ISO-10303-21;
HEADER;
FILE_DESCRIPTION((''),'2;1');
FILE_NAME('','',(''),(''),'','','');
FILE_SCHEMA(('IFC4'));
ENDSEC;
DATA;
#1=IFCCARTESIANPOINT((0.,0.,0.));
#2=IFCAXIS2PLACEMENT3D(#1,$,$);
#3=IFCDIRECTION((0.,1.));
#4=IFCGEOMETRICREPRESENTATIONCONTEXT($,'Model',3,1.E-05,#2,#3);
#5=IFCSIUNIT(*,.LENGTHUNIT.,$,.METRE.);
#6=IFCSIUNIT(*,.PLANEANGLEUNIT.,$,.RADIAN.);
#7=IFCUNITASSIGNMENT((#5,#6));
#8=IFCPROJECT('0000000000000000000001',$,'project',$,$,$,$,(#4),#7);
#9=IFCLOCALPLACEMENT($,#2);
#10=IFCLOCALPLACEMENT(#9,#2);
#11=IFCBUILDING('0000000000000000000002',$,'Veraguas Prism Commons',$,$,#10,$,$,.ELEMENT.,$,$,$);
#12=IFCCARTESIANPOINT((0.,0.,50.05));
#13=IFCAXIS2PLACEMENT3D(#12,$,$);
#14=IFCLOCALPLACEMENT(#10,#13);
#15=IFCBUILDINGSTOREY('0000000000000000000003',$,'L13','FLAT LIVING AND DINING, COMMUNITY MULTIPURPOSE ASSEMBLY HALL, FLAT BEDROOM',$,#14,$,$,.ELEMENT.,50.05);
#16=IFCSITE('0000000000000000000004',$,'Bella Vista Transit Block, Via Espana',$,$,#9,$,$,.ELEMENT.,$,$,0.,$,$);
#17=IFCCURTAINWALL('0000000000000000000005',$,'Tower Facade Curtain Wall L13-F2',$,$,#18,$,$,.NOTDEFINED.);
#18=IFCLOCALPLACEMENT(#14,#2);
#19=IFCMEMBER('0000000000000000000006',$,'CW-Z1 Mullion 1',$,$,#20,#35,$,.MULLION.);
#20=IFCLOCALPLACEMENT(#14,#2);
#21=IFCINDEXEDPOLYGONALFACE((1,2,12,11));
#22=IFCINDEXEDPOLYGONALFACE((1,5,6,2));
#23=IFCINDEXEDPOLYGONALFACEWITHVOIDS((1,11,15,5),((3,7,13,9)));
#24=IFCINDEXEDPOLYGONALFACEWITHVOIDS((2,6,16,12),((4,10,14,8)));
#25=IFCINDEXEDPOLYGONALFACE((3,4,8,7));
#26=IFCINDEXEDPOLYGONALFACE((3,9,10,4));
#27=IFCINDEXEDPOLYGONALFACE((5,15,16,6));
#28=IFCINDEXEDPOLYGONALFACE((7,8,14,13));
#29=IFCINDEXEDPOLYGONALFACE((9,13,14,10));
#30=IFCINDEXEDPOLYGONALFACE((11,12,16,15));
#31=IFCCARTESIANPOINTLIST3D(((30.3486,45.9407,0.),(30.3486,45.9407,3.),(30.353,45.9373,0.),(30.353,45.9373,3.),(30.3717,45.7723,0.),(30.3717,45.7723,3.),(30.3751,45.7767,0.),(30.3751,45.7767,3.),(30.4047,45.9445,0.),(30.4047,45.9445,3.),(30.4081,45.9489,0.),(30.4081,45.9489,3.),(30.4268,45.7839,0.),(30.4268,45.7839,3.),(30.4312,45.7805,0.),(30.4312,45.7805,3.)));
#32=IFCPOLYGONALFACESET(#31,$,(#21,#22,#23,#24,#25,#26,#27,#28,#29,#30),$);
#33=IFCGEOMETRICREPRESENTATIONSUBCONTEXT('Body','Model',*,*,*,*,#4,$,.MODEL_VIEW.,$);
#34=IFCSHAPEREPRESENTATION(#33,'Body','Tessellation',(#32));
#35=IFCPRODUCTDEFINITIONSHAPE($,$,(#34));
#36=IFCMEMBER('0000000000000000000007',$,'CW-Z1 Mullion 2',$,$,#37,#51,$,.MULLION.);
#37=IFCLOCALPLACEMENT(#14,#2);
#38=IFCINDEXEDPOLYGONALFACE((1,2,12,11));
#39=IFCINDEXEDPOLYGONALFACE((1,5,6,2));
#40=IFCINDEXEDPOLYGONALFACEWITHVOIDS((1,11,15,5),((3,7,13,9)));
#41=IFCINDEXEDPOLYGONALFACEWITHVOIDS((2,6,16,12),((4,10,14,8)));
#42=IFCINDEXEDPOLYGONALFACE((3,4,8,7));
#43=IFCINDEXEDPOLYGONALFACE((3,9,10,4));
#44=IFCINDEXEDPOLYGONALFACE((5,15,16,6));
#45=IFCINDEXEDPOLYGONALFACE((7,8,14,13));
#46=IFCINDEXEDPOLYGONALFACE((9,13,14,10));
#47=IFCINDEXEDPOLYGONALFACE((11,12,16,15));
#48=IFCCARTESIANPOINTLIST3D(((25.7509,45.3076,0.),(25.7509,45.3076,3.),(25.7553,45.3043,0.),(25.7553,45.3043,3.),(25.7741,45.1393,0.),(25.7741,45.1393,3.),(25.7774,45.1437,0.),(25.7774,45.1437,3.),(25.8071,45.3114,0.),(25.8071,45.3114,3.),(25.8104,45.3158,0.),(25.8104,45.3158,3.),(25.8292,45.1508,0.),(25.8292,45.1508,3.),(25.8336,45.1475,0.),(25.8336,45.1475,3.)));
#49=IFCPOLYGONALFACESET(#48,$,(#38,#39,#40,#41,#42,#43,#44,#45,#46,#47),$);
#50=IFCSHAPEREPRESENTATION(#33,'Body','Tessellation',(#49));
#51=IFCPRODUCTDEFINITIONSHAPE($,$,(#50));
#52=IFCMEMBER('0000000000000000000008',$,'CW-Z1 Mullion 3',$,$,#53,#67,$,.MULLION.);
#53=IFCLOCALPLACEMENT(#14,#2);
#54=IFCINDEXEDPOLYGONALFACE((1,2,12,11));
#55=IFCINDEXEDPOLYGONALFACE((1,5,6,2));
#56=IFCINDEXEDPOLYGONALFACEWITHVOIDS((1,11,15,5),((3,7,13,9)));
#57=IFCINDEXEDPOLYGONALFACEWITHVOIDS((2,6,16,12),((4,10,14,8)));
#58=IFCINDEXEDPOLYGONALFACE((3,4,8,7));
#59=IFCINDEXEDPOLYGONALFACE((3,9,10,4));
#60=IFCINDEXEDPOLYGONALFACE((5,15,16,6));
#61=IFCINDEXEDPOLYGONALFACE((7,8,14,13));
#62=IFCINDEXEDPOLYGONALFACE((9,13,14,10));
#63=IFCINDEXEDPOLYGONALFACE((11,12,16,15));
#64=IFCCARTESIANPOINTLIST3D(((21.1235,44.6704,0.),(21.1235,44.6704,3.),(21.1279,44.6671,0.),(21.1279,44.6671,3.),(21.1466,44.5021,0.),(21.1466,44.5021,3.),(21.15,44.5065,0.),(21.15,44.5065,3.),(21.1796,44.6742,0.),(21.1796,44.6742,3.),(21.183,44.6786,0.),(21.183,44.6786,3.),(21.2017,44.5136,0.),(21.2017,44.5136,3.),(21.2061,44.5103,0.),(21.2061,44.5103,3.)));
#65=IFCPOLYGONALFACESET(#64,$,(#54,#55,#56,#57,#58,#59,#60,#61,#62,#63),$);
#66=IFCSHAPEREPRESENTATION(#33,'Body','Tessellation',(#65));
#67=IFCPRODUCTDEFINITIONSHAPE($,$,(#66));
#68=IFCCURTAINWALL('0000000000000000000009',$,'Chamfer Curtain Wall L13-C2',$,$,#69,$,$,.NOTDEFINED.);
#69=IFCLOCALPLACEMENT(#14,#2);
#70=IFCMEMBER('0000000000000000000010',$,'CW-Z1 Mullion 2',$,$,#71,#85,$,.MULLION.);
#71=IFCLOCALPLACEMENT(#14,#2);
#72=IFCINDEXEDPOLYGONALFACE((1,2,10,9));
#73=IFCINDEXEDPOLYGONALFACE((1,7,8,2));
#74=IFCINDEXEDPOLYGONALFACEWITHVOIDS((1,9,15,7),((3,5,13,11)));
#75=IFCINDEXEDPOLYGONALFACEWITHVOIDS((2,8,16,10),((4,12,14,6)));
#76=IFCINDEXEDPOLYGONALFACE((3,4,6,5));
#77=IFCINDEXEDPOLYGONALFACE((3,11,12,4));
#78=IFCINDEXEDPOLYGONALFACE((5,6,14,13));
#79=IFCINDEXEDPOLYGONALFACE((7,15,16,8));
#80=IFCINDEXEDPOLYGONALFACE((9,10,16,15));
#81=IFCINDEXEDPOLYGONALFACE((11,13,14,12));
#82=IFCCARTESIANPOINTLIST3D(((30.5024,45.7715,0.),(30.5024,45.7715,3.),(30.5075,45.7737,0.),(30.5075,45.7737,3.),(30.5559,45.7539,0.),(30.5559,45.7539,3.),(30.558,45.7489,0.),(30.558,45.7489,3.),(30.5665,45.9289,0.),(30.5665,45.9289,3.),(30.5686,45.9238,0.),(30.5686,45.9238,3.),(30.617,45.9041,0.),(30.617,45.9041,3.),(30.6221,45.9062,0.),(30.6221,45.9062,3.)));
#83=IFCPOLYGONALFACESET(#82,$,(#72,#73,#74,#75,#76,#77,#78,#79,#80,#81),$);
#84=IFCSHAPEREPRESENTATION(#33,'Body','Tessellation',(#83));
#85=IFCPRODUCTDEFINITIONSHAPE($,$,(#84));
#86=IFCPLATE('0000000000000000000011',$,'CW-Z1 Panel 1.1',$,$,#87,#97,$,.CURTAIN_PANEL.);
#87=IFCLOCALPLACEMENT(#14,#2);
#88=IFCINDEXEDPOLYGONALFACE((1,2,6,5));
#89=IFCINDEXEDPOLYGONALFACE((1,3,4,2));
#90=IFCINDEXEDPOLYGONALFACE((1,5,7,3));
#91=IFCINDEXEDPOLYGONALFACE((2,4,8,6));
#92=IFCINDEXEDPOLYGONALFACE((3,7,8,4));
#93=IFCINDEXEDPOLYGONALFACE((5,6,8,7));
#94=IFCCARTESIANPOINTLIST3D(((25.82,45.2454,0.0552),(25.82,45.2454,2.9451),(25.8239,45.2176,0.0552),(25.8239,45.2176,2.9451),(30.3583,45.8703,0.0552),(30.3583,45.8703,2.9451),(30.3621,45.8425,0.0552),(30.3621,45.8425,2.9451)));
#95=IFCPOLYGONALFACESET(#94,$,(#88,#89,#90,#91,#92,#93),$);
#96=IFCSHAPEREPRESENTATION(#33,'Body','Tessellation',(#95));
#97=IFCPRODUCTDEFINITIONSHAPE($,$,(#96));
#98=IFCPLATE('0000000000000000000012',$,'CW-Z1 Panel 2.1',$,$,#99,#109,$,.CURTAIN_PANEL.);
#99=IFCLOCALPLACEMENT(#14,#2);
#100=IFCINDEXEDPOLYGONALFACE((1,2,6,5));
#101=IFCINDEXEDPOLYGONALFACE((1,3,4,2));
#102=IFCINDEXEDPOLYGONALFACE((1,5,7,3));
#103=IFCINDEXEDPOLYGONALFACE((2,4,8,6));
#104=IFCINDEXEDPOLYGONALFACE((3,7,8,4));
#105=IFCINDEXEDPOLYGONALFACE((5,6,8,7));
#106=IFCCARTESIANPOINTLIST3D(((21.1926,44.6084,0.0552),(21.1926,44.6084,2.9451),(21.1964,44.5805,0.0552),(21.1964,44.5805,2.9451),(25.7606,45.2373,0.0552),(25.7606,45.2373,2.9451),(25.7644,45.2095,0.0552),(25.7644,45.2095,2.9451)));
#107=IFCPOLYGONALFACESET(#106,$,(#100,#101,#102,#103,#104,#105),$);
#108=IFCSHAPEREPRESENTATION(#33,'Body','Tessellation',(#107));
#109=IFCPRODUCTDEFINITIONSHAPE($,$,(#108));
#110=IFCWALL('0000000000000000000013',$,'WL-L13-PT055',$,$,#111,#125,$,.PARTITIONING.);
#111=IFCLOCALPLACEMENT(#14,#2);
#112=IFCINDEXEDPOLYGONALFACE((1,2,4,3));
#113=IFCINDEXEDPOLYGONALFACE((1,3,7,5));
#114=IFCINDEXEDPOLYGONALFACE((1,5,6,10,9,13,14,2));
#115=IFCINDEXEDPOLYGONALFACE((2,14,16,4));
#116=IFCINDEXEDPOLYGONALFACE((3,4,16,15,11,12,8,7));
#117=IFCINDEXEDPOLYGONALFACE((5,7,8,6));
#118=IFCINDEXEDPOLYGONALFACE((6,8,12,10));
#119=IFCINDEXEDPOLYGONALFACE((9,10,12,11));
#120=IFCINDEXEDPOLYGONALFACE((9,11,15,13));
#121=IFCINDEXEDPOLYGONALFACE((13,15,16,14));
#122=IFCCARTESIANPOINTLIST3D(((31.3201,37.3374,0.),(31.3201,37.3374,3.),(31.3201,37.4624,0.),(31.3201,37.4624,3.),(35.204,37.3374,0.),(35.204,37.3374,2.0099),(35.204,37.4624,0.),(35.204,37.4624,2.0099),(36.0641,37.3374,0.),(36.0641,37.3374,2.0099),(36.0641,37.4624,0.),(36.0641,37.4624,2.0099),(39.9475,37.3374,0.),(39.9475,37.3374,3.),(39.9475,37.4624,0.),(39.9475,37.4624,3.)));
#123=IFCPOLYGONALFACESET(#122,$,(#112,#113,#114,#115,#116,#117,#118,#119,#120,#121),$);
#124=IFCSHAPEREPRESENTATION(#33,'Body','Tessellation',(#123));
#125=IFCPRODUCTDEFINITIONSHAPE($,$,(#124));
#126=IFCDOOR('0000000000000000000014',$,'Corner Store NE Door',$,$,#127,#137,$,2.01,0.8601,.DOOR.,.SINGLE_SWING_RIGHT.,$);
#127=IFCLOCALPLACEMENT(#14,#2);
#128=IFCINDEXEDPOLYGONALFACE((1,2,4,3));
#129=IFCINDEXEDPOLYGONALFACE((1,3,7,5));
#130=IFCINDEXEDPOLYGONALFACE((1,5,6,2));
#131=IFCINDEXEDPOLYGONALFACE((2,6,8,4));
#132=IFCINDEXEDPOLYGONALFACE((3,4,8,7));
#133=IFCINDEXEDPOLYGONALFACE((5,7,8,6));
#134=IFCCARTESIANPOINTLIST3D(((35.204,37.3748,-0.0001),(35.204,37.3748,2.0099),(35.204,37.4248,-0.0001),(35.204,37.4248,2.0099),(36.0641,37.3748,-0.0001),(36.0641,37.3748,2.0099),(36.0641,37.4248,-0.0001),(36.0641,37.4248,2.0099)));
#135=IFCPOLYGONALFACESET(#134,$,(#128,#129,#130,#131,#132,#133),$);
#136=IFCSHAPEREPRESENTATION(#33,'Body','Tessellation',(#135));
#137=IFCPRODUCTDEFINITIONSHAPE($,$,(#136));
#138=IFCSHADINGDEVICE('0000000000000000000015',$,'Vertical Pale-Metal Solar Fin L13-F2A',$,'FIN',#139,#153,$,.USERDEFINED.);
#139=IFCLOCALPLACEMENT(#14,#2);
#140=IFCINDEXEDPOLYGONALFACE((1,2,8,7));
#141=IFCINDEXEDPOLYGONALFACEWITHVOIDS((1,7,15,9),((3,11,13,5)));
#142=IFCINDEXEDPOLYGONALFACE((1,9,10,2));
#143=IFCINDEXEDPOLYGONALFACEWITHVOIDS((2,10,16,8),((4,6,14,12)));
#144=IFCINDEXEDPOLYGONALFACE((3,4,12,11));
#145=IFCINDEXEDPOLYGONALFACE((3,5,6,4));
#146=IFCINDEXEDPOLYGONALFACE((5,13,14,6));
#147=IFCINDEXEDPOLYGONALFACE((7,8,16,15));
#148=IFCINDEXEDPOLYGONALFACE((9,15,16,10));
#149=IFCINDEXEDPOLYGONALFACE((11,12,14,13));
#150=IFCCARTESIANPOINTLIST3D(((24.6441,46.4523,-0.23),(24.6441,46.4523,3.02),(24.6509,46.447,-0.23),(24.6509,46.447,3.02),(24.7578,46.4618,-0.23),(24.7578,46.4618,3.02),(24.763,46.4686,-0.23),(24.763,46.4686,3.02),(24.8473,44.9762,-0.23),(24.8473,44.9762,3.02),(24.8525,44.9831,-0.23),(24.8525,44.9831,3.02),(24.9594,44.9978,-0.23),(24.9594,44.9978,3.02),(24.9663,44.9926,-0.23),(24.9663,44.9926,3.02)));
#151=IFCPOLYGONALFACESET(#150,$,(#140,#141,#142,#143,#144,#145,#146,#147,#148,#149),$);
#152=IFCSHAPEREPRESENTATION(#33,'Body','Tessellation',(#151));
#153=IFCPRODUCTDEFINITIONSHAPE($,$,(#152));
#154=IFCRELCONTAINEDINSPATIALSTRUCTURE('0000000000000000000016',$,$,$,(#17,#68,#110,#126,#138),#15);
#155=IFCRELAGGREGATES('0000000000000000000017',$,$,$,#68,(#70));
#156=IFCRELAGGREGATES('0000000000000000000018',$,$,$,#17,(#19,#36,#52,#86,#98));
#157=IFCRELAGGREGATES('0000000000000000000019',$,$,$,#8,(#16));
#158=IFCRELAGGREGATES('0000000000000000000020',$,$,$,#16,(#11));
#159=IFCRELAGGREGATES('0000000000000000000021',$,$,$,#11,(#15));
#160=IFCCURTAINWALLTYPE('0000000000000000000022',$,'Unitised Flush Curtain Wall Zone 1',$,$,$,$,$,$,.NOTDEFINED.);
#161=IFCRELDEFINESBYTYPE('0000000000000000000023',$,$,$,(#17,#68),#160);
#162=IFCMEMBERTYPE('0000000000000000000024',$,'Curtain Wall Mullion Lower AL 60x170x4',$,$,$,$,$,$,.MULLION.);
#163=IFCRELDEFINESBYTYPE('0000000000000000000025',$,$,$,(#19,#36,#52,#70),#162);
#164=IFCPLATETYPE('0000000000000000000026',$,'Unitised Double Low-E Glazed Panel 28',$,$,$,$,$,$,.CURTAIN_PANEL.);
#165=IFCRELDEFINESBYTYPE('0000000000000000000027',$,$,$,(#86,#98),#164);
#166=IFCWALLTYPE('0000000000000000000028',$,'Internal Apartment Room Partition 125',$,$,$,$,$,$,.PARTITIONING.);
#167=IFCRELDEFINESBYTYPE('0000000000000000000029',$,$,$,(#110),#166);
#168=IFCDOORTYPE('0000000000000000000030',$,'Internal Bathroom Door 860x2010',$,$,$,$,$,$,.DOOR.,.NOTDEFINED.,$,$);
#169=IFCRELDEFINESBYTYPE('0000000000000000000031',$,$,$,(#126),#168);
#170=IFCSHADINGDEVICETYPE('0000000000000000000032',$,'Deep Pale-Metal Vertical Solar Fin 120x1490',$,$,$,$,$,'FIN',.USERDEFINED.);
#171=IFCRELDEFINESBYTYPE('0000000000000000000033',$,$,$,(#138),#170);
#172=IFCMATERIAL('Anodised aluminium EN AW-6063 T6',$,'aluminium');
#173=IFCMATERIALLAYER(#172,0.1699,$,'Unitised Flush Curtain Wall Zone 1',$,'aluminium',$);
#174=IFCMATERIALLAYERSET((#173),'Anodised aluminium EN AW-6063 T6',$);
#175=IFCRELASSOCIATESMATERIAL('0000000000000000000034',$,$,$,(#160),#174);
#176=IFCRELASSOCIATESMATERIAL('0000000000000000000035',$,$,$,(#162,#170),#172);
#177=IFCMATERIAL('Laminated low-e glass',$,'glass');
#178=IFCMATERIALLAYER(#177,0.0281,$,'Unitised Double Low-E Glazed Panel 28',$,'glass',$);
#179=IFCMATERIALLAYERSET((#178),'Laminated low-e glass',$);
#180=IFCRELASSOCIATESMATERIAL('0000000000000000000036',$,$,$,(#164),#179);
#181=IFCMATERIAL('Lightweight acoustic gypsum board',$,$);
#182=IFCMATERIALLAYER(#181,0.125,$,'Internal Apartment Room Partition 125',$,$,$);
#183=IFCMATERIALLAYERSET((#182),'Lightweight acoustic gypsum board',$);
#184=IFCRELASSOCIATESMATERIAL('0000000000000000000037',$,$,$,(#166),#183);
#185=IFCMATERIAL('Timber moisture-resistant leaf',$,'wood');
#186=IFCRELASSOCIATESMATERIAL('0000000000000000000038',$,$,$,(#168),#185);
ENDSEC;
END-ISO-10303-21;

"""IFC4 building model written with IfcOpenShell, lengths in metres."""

from ifc_helpers import new_model, si_unit, direction, frame, frame_2d, origin, origin_2d, place, context, subcontext, project, spatial, rectangle, hollow_rectangle, extrude, source, transform, mapped, material, layer, layer_set, material_profile, profile_set, type_object, element, fill, aggregate, save


model = new_model("IFC4")

# Units and contexts
model_context = context("Model", 3, precision=1e-05, world=origin(), true_north=direction((0.0, 1.0)))
body_context = subcontext(model_context, "Body", "Model", "MODEL_VIEW")
ifc_project = project(units=[si_unit("LENGTHUNIT", "METRE"), si_unit("PLANEANGLEUNIT", "RADIAN")], contexts=[model_context])

# Site, building, storey
site_placement = place(None, origin())
site = spatial("IfcSite", under=ifc_project, at=site_placement, Name="Bella Vista Transit Block, Via Espana", CompositionType="ELEMENT", RefElevation=0.0)
building_placement = place(site_placement, origin())
building = spatial("IfcBuilding", under=site, at=building_placement, Name="Veraguas Prism Commons", CompositionType="ELEMENT")
storey_placement = place(building_placement, frame((0.0, 0.0, 50.05)))
storey = spatial("IfcBuildingStorey", under=building, at=storey_placement, Name="L13", Description="FLAT LIVING AND DINING, COMMUNITY MULTIPURPOSE ASSEMBLY HALL, FLAT BEDROOM", CompositionType="ELEMENT", Elevation=50.05)

# Curtain wall, members
ifc_material_1 = material(Name="Anodised aluminium EN AW-6063 T6", Category="aluminium")
ifc_layer_1 = layer(ifc_material_1, 0.1699, Name="Unitised Flush Curtain Wall Zone 1", Category="aluminium")
ifc_layer_set_1 = layer_set([ifc_layer_1], Name="Anodised aluminium EN AW-6063 T6")
curtain_wall_type = type_object("IfcCurtainWallType", Name="Unitised Flush Curtain Wall Zone 1", PredefinedType="NOTDEFINED", material=ifc_layer_set_1)
curtain_wall_1_placement = place(storey_placement, origin())
curtain_wall_1 = element("IfcCurtainWall", 1, at=curtain_wall_1_placement, inside=storey, type_object=curtain_wall_type, Name="Tower Facade Curtain Wall L13-F2", PredefinedType="NOTDEFINED")
ifc_material_profile_1 = material_profile(ifc_material_1, hollow_rectangle(XDim=0.0601, YDim=0.1699, WallThickness=0.0039, at=origin_2d()), Name="AL60X170X4")
ifc_profile_set_1 = profile_set([ifc_material_profile_1], Name="Anodised aluminium EN AW-6063 T6")
member_type_1 = type_object("IfcMemberType", Name="Curtain Wall Mullion Lower AL 60x170x4", PredefinedType="MULLION", material=ifc_profile_set_1)
shared_shape_1 = source(origin(), body_context, "Body", "SweptSolid", [
    extrude(hollow_rectangle(XDim=0.0601, YDim=0.1699, WallThickness=0.0039, at=origin_2d()), origin(), (0.0, 0.0, 1.0), 3.0),
])
member_1_placement = place(storey_placement, frame((30.3899, 45.8606, 0.0), z_axis=(0.0, 0.0, 1.0), x_axis=(-0.990653, -0.136405, 0.0)))
member_1 = element("IfcMember", 2, at=member_1_placement, type_object=member_type_1, Name="CW-Z1 Mullion 1", PredefinedType="MULLION", context=body_context, shape_type="MappedRepresentation", body=[
    mapped(shared_shape_1, transform((0.0, 0.0, 0.0), scale=1.0)),
])
member_2_placement = place(storey_placement, frame((25.7922, 45.2275, 0.0), z_axis=(0.0, 0.0, 1.0), x_axis=(-0.990653, -0.136405, 0.0)))
member_2 = element("IfcMember", 3, at=member_2_placement, type_object=member_type_1, Name="CW-Z1 Mullion 2", PredefinedType="MULLION", context=body_context, shape_type="MappedRepresentation", body=[
    mapped(shared_shape_1, transform((0.0, 0.0, 0.0), scale=1.0)),
])
member_3_placement = place(storey_placement, frame((21.1648, 44.5903, 0.0), z_axis=(0.0, 0.0, 1.0), x_axis=(-0.990653, -0.136405, 0.0)))
member_3 = element("IfcMember", 4, at=member_3_placement, type_object=member_type_1, Name="CW-Z1 Mullion 3", PredefinedType="MULLION", context=body_context, shape_type="MappedRepresentation", body=[
    mapped(shared_shape_1, transform((0.0, 0.0, 0.0), scale=1.0)),
])

# Curtain wall, member
curtain_wall_2_placement = place(storey_placement, origin())
curtain_wall_2 = element("IfcCurtainWall", 5, at=curtain_wall_2_placement, inside=storey, type_object=curtain_wall_type, Name="Chamfer Curtain Wall L13-C2", PredefinedType="NOTDEFINED")
member_4_placement = place(storey_placement, frame((30.5623, 45.8389, 0.0), z_axis=(0.0, 0.0, 1.0), x_axis=(-0.926125, 0.377217, 0.0)))
member_4 = element("IfcMember", 6, at=member_4_placement, type_object=member_type_1, Name="CW-Z1 Mullion 2", PredefinedType="MULLION", context=body_context, shape_type="MappedRepresentation", body=[
    mapped(shared_shape_1, transform((0.0, 0.0, 0.0), scale=1.0)),
])
aggregate(curtain_wall_2, [member_4])

# Plates
ifc_material_2 = material(Name="Laminated low-e glass", Category="glass")
ifc_layer_2 = layer(ifc_material_2, 0.0281, Name="Unitised Double Low-E Glazed Panel 28", Category="glass")
ifc_layer_set_2 = layer_set([ifc_layer_2], Name="Laminated low-e glass")
plate_type = type_object("IfcPlateType", Name="Unitised Double Low-E Glazed Panel 28", PredefinedType="CURTAIN_PANEL", material=ifc_layer_set_2)
shared_shape_2 = source(origin(), body_context, "Body", "SweptSolid", [
    extrude(rectangle(XDim=4.5811, YDim=0.0281, at=origin_2d()), origin(), (0.0, 0.0, 1.0), 2.8899),
])
plate_1_placement = place(storey_placement, frame((28.0911, 45.5439, 0.0552), z_axis=(0.0, 0.0, 1.0), x_axis=(-0.990653, -0.136405, 0.0)))
plate_1 = element("IfcPlate", 7, at=plate_1_placement, type_object=plate_type, Name="CW-Z1 Panel 1.1", PredefinedType="CURTAIN_PANEL", context=body_context, shape_type="MappedRepresentation", body=[
    mapped(shared_shape_2, transform((0.0, 0.0, 0.0), scale=1.0)),
])
shared_shape_3 = source(origin(), body_context, "Body", "SweptSolid", [
    extrude(rectangle(XDim=4.6111, YDim=0.0281, at=origin_2d()), origin(), (0.0, 0.0, 1.0), 2.8899),
])
plate_2_placement = place(storey_placement, frame((23.4785, 44.9089, 0.0552), z_axis=(0.0, 0.0, 1.0), x_axis=(-0.990653, -0.136405, 0.0)))
plate_2 = element("IfcPlate", 8, at=plate_2_placement, type_object=plate_type, Name="CW-Z1 Panel 2.1", PredefinedType="CURTAIN_PANEL", context=body_context, shape_type="MappedRepresentation", body=[
    mapped(shared_shape_3, transform((0.0, 0.0, 0.0), scale=1.0)),
])
aggregate(curtain_wall_1, [member_1, member_2, member_3, plate_1, plate_2])

# Wall, opening, door
ifc_material_3 = material(Name="Lightweight acoustic gypsum board")
ifc_layer_3 = layer(ifc_material_3, 0.125, Name="Internal Apartment Room Partition 125")
ifc_layer_set_3 = layer_set([ifc_layer_3], Name="Lightweight acoustic gypsum board")
wall_type = type_object("IfcWallType", Name="Internal Apartment Room Partition 125", PredefinedType="PARTITIONING", material=ifc_layer_set_3)
wall_placement = place(storey_placement, frame((31.3201, 37.3999, 0.0), z_axis=(0.0, 0.0, 1.0), x_axis=(1.0, 0.0, 0.0)))
wall = element("IfcWall", 9, at=wall_placement, inside=storey, type_object=wall_type, Name="WL-L13-PT055", PredefinedType="PARTITIONING", context=body_context, shape_type="SweptSolid", body=[
    extrude(rectangle(XDim=8.6274, YDim=0.125, at=frame_2d((4.3137, 0.0))), origin(), (0.0, 0.0, 1.0), 3.0),
])
opening_placement = place(wall_placement, frame((3.8838, 0.0, 0.0)))
opening = element("IfcOpeningElement", 10, at=opening_placement, cuts=wall, PredefinedType="OPENING", context=body_context, shape_type="SweptSolid", body=[
    extrude(rectangle(XDim=0.8601, YDim=2.01, at=frame_2d((0.4302, 1.0049))), frame((0.0, 0.0725, 0.0), z_axis=(0.0, -1.0, 0.0), x_axis=(1.0, 0.0, 0.0)), (0.0, 0.0, 1.0), 0.145),
])
ifc_material_4 = material(Name="Timber moisture-resistant leaf", Category="wood")
door_type = type_object("IfcDoorType", Name="Internal Bathroom Door 860x2010", OperationType="NOTDEFINED", PredefinedType="DOOR", material=ifc_material_4)
shared_shape_4 = source(origin(), body_context, "Body", "SweptSolid", [
    extrude(rectangle(XDim=0.8601, YDim=2.01, at=frame_2d((0.4302, 1.0049))), frame((0.0, 0.0249, 0.0), z_axis=(0.0, -1.0, 0.0), x_axis=(1.0, 0.0, 0.0)), (0.0, 0.0, 1.0), 0.05),
])
door_placement = place(opening_placement, origin())
door = element("IfcDoor", 11, at=door_placement, inside=storey, type_object=door_type, Name="Corner Store NE Door", OperationType="SINGLE_SWING_RIGHT", OverallHeight=2.01, OverallWidth=0.8601, PredefinedType="DOOR", context=body_context, shape_type="MappedRepresentation", body=[
    mapped(shared_shape_4, transform((0.0, 0.0, 0.0), scale=1.0)),
])
fill(opening, door)

# Shading device
ifc_material_profile_2 = material_profile(ifc_material_1, hollow_rectangle(XDim=0.1201, YDim=1.49, WallThickness=0.0061, at=origin_2d()), Name="FIN120X1490X6")
ifc_profile_set_2 = profile_set([ifc_material_profile_2], Name="Anodised aluminium EN AW-6063 T6")
shading_device_type = type_object("IfcShadingDeviceType", Name="Deep Pale-Metal Vertical Solar Fin 120x1490", ElementType="FIN", PredefinedType="USERDEFINED", material=ifc_profile_set_2)
shading_device_placement = place(storey_placement, frame((24.8052, 45.7224, -0.23), z_axis=(0.0, 0.0, 1.0), x_axis=(-0.990653, -0.136409, 0.0)))
element("IfcShadingDevice", 12, at=shading_device_placement, inside=storey, type_object=shading_device_type, Name="Vertical Pale-Metal Solar Fin L13-F2A", ObjectType="FIN", PredefinedType="USERDEFINED", context=body_context, shape_type="SweptSolid", body=[
    extrude(hollow_rectangle(XDim=0.1201, YDim=1.49, WallThickness=0.0061, at=origin_2d()), origin(), (0.0, 0.0, 1.0), 3.25),
])

save(model, "model.ifc")
